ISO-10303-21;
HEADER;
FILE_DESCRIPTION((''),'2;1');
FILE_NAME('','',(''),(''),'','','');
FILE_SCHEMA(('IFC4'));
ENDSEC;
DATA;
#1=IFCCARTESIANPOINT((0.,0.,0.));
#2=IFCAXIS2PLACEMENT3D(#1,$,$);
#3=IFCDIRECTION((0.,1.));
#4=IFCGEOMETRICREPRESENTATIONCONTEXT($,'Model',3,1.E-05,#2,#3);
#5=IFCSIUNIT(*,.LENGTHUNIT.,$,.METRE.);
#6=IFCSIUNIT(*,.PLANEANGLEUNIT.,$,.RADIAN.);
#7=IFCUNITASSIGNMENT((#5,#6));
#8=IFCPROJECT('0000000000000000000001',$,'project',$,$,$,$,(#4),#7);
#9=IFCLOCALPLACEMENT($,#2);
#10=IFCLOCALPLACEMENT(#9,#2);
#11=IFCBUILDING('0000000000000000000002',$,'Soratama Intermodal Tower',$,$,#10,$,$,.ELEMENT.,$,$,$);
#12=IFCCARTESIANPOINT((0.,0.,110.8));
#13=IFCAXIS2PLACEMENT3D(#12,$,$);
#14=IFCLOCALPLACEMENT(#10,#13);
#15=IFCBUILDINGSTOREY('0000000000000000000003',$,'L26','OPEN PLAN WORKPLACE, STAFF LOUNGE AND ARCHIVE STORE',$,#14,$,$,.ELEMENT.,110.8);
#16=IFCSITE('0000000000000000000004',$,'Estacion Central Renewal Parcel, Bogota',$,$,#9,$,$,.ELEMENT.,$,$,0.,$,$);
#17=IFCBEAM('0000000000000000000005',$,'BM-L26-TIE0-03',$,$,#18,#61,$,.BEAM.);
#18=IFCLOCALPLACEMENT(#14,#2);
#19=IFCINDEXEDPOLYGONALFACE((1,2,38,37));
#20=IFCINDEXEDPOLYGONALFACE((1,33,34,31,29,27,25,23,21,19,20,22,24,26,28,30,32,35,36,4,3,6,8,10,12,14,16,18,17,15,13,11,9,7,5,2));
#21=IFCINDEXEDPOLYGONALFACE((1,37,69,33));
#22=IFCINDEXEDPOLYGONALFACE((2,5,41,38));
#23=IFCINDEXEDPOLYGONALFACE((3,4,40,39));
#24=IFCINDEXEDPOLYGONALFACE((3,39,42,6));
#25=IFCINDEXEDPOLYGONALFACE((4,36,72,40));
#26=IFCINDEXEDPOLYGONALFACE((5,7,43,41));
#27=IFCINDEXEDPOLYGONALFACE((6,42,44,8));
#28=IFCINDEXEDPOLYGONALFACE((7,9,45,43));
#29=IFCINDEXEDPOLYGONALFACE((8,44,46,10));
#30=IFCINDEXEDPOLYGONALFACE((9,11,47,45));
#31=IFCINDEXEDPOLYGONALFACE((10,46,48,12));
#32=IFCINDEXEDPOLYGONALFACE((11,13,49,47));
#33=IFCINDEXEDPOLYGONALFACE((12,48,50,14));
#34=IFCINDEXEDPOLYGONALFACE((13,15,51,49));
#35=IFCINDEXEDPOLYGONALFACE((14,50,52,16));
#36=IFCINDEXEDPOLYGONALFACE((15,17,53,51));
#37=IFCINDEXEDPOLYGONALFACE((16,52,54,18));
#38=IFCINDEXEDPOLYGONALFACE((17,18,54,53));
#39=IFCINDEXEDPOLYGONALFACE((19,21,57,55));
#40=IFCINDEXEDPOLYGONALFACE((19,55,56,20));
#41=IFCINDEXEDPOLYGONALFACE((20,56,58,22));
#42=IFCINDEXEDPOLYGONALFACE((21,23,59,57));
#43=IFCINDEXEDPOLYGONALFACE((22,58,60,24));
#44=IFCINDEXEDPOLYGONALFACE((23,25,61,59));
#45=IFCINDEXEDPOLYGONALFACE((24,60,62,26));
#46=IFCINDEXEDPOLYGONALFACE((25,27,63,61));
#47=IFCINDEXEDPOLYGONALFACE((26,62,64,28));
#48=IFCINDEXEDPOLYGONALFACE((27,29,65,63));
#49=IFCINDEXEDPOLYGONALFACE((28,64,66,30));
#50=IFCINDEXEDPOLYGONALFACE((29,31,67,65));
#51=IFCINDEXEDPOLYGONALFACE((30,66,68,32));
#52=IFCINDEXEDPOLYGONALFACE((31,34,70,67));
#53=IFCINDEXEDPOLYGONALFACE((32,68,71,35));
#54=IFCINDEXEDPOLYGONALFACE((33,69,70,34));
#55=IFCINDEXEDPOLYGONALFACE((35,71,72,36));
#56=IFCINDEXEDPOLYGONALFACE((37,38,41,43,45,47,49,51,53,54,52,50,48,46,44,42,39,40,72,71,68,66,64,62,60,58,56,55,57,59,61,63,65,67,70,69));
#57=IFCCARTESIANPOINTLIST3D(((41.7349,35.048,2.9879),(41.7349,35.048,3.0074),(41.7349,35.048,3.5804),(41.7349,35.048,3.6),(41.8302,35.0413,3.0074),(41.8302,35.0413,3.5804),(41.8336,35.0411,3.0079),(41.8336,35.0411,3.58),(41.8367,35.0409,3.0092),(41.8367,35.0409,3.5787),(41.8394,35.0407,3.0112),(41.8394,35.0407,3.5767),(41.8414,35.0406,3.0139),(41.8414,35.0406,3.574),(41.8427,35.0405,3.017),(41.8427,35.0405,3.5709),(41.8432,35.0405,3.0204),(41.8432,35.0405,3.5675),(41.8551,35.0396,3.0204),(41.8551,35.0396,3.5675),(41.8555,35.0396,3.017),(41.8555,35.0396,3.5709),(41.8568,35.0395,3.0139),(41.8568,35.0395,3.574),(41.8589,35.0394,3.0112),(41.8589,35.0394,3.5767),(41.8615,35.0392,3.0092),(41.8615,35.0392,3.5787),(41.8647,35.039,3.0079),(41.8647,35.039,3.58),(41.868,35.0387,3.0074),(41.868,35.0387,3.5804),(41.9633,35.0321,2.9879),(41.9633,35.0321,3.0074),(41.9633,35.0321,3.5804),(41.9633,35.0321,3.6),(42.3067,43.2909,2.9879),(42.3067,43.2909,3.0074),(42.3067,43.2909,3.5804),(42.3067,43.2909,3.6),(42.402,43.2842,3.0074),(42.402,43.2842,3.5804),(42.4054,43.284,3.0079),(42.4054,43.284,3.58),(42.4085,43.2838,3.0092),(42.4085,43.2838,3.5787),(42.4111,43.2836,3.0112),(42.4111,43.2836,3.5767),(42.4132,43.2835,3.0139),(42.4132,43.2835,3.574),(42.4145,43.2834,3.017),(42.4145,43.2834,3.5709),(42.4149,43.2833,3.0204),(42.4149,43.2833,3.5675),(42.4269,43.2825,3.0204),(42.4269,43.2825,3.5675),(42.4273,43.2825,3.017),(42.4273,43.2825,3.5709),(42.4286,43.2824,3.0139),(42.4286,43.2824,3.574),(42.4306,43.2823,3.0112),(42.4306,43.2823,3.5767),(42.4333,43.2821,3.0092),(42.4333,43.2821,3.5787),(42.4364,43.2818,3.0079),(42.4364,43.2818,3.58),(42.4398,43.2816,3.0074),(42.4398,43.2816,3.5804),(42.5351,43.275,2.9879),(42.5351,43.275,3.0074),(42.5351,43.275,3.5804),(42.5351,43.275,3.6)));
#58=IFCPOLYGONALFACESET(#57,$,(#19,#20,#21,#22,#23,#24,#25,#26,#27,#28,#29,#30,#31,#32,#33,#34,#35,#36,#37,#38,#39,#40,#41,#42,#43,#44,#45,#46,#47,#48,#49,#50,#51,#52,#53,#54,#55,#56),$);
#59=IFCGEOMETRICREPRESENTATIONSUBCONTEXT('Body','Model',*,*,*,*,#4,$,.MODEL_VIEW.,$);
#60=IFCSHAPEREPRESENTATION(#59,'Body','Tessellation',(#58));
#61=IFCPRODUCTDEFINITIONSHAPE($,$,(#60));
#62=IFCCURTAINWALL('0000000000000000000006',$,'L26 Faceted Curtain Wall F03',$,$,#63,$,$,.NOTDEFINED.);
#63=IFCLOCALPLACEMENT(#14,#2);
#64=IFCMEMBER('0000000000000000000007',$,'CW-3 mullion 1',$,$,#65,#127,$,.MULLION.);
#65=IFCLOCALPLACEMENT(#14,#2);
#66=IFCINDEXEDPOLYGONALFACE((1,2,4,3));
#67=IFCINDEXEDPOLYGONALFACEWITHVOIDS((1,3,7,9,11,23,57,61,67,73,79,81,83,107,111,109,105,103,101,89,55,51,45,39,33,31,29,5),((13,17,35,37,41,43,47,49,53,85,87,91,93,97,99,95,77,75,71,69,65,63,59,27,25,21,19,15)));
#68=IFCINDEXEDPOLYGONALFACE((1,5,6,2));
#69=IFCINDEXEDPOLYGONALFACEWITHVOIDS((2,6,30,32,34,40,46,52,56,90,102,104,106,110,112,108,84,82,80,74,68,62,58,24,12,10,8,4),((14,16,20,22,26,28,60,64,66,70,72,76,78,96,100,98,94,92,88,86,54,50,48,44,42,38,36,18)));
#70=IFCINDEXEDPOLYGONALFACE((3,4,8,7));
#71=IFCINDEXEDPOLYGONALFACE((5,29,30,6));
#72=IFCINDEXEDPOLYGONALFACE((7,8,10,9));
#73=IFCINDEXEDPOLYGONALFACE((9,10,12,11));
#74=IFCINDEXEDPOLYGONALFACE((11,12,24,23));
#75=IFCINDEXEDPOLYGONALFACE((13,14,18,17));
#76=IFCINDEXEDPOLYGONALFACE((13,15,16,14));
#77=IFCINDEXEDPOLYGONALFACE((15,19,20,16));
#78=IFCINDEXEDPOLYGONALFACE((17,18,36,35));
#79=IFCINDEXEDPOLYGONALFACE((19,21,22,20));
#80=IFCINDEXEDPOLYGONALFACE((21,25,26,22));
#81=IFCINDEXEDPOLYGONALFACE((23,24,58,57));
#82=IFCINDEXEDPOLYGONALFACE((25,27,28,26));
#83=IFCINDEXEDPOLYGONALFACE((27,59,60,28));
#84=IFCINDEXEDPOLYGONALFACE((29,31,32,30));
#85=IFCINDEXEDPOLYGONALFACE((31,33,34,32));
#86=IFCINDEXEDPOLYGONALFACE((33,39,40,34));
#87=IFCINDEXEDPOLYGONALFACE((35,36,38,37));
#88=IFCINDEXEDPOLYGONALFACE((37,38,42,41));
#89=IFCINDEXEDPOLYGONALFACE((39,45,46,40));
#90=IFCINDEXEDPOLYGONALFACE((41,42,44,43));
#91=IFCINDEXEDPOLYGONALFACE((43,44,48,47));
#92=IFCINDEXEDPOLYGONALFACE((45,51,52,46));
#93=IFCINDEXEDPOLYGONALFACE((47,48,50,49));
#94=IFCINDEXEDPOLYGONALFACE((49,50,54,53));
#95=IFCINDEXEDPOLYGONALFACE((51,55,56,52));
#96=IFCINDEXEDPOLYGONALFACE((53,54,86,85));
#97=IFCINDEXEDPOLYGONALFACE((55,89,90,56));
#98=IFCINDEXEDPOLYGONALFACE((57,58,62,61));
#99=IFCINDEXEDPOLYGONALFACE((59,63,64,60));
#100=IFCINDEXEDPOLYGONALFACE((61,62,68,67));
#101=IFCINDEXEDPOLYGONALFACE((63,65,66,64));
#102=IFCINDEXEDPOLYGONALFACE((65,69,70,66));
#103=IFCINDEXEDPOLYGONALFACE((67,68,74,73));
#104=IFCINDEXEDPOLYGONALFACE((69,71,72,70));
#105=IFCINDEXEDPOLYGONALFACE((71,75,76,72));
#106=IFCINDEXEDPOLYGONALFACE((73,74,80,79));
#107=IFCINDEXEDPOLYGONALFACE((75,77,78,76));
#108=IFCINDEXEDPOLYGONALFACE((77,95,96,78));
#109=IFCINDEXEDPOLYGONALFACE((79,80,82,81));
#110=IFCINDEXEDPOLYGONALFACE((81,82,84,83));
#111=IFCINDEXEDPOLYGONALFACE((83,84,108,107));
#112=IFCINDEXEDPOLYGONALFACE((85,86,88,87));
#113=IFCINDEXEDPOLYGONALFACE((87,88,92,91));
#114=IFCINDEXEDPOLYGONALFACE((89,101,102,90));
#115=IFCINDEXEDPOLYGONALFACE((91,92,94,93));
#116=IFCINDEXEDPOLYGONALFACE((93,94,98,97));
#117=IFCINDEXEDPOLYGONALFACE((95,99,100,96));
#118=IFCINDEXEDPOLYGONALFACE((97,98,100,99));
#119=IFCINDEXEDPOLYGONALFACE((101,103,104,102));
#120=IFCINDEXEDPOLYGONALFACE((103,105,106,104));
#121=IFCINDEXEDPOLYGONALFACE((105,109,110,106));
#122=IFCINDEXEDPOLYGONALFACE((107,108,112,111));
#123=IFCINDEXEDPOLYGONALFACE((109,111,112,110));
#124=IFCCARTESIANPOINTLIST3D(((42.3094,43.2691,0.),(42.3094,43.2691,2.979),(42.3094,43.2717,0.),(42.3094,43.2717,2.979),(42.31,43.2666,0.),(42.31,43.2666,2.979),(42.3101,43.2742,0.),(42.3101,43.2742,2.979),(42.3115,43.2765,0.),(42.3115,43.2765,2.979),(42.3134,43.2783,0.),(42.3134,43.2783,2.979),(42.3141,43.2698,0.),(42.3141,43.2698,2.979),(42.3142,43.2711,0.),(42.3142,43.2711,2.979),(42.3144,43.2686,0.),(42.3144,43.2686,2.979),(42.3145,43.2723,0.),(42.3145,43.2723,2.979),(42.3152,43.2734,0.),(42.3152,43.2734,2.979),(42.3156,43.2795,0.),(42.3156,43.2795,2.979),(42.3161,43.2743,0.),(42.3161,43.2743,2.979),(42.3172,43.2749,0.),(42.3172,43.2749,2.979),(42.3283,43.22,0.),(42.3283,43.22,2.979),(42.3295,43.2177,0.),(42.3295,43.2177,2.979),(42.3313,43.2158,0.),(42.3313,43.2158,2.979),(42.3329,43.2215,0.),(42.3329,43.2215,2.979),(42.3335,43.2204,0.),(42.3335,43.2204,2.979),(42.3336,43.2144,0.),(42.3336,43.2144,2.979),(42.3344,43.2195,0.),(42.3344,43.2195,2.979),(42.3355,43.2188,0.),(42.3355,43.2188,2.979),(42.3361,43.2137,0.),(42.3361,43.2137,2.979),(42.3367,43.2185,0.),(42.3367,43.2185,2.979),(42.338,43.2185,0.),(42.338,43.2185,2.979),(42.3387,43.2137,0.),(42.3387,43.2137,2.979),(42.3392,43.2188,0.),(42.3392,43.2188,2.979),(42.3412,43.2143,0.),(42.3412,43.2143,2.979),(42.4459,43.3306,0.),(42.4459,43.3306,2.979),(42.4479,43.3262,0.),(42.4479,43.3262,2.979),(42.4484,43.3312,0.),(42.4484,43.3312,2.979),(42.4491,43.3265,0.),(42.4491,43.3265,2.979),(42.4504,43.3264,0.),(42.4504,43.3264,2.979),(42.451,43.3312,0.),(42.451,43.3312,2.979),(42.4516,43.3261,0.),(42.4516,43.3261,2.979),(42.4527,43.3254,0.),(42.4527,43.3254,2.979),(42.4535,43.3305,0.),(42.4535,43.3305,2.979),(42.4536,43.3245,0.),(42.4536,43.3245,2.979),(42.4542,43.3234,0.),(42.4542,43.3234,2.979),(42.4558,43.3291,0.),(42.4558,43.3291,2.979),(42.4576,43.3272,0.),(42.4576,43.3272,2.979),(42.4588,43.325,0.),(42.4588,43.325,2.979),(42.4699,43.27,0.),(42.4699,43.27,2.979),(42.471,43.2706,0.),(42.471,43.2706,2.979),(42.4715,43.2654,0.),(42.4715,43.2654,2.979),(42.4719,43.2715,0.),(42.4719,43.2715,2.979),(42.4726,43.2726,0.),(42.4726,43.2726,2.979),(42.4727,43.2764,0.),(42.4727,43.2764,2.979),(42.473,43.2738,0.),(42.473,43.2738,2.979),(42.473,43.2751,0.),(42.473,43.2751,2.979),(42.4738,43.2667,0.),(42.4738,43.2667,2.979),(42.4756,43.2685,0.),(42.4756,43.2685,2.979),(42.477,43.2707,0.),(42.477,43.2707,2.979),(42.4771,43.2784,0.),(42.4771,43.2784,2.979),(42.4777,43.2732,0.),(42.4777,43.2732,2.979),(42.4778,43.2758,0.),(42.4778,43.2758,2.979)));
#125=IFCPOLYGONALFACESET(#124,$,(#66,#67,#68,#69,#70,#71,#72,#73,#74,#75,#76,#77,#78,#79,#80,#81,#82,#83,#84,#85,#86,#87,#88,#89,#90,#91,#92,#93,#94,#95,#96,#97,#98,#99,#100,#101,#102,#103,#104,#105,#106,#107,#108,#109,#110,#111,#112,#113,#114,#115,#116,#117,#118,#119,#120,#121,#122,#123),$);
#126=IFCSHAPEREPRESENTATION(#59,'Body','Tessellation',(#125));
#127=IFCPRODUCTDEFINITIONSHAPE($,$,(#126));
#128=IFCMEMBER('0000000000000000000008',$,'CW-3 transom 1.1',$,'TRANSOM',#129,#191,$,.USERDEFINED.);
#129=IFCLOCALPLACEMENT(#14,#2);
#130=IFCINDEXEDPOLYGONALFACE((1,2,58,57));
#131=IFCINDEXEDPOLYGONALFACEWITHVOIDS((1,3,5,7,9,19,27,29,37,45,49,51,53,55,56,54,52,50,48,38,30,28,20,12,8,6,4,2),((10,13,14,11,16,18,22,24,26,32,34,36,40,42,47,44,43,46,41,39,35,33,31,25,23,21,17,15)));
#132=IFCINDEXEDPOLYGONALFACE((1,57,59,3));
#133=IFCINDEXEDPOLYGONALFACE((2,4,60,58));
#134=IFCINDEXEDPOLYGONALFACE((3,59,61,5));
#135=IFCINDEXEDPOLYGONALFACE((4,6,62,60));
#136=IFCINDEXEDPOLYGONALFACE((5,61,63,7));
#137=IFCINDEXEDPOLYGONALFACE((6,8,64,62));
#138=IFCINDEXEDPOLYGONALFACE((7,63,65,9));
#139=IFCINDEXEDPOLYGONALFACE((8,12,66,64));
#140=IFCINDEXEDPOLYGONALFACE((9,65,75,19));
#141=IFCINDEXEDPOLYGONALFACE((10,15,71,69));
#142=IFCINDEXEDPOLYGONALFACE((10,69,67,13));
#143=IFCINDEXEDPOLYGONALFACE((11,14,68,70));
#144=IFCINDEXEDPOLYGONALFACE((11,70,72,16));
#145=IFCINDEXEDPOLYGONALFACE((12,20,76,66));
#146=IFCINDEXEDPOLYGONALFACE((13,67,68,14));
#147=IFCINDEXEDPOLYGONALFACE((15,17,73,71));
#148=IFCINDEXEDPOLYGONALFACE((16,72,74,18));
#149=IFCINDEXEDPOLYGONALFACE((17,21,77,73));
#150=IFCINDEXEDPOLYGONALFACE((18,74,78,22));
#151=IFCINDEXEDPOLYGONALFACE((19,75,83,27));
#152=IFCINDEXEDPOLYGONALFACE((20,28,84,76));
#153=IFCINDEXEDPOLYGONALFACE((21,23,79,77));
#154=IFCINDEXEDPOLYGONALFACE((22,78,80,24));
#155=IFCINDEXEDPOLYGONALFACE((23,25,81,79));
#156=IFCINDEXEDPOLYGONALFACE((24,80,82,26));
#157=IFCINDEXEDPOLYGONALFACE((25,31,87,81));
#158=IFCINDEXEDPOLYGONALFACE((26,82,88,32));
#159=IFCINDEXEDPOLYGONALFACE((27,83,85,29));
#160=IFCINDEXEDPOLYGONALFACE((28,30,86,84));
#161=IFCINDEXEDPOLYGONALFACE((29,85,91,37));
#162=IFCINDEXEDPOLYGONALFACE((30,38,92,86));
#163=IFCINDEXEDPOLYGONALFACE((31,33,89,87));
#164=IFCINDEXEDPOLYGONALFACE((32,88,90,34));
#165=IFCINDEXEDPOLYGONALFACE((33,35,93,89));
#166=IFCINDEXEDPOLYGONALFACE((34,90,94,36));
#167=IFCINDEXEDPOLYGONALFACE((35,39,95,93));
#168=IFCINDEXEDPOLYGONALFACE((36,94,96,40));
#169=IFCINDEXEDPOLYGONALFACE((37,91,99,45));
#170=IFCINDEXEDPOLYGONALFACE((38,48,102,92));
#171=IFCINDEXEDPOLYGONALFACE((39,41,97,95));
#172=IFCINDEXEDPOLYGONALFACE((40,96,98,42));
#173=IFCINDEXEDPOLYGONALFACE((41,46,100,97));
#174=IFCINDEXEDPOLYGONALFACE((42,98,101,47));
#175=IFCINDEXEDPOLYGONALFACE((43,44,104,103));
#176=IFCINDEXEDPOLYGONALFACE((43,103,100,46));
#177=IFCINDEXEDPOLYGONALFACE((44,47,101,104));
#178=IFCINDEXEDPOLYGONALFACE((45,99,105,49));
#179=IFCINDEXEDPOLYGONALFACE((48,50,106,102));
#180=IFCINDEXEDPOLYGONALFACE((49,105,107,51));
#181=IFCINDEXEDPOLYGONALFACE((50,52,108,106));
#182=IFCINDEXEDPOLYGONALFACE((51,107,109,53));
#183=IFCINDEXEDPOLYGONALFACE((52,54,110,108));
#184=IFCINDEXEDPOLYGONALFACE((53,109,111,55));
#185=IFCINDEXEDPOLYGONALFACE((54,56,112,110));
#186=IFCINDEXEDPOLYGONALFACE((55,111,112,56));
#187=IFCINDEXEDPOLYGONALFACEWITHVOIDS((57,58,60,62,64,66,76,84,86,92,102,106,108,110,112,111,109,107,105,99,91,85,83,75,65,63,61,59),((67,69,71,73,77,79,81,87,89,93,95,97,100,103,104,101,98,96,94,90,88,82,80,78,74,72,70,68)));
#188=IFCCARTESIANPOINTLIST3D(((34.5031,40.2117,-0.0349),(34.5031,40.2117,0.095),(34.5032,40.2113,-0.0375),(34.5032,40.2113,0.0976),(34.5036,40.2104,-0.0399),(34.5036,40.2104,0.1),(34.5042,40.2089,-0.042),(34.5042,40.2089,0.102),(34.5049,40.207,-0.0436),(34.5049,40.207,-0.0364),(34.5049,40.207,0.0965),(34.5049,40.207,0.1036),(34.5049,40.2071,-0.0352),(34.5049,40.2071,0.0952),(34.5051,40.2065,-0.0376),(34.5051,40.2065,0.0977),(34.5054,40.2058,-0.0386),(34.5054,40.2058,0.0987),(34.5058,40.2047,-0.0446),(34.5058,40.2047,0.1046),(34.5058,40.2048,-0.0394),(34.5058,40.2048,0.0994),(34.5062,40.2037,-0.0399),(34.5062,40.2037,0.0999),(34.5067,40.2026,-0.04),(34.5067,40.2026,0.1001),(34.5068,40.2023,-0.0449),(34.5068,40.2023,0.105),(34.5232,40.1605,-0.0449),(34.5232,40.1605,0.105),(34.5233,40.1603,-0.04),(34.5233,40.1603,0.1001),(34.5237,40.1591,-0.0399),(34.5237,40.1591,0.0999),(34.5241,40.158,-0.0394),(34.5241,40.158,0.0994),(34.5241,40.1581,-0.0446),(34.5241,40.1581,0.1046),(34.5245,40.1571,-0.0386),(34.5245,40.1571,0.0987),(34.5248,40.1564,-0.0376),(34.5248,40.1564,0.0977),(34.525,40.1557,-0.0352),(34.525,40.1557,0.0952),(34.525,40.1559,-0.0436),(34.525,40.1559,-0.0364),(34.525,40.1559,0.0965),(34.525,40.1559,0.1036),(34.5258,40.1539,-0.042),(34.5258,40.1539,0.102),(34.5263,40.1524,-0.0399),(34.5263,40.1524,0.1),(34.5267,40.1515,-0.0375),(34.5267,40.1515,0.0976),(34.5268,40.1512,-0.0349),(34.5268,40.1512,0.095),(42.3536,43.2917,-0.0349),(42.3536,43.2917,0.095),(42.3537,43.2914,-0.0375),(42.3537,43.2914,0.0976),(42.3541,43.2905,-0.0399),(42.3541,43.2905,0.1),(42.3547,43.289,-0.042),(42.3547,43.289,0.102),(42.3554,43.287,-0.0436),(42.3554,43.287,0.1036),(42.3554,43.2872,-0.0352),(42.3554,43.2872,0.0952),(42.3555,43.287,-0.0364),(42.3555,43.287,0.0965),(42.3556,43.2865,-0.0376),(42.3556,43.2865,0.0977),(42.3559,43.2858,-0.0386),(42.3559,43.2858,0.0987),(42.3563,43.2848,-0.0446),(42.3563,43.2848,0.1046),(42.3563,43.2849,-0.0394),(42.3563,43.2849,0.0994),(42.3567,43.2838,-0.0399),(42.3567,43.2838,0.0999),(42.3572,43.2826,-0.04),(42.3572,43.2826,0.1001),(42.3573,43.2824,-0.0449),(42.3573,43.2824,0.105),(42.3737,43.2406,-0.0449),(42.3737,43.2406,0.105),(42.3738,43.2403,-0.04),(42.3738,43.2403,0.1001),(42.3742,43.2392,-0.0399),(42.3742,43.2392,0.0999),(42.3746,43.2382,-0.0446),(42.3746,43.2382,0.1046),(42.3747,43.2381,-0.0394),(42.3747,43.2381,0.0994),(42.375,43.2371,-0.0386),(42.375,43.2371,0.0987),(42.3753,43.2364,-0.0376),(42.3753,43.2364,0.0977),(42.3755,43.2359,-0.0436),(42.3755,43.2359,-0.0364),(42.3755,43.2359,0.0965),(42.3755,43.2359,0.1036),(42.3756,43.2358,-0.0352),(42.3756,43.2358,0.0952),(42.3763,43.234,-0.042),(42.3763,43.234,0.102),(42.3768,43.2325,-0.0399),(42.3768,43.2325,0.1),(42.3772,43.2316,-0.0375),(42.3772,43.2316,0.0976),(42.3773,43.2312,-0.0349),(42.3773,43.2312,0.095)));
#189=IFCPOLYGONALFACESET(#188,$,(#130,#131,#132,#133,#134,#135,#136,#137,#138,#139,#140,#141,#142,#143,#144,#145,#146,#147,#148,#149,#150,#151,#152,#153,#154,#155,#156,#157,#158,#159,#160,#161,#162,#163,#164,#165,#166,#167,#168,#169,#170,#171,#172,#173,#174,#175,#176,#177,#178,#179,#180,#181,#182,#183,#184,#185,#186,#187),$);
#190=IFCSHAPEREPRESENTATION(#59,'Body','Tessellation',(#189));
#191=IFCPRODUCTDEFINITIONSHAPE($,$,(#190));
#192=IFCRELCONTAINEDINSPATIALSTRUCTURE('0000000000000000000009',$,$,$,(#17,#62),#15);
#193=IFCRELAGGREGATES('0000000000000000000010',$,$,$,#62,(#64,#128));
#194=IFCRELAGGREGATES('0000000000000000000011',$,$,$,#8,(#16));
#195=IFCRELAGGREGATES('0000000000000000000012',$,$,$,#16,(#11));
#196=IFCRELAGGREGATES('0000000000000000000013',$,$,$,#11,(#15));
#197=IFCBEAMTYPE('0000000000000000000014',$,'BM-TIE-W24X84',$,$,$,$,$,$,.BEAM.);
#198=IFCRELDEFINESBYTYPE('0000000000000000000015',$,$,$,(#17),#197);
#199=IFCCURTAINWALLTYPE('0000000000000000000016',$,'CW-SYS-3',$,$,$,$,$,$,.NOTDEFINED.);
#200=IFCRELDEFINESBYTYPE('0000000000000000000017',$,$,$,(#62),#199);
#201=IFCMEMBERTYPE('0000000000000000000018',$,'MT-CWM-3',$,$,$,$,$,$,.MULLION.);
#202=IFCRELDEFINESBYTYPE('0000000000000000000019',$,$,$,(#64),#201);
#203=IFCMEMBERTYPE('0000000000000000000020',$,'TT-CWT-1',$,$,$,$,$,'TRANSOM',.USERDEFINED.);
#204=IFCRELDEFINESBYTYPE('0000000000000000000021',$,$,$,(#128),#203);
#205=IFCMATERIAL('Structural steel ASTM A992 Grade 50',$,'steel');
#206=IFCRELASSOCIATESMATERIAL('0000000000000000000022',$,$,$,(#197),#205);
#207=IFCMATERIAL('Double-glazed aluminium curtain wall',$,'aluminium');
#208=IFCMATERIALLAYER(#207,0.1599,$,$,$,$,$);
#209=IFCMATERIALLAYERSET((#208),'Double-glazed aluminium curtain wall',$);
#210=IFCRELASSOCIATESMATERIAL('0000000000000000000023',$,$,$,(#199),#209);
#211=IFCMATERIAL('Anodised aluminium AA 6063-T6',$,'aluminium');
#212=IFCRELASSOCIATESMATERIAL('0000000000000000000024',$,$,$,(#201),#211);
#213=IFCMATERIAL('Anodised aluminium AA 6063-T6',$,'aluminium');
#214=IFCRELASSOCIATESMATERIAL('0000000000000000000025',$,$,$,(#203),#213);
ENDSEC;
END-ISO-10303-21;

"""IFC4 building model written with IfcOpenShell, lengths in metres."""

from ifc_helpers import new_model, si_unit, direction, frame, origin, origin_2d, place, context, subcontext, project, spatial, hollow_rectangle, i_section, extrude, material, layer, layer_set, material_profile, profile_set, type_object, element, aggregate, save


model = new_model("IFC4")

# Units and contexts
model_context = context("Model", 3, precision=1e-05, world=origin(), true_north=direction((0.0, 1.0)))
body_context = subcontext(model_context, "Body", "Model", "MODEL_VIEW")
ifc_project = project(units=[si_unit("LENGTHUNIT", "METRE"), si_unit("PLANEANGLEUNIT", "RADIAN")], contexts=[model_context])

# Site, building, storey
site_placement = place(None, origin())
site = spatial("IfcSite", under=ifc_project, at=site_placement, Name="Estacion Central Renewal Parcel, Bogota", CompositionType="ELEMENT", RefElevation=0.0)
building_placement = place(site_placement, origin())
building = spatial("IfcBuilding", under=site, at=building_placement, Name="Soratama Intermodal Tower", CompositionType="ELEMENT")
storey_placement = place(building_placement, frame((0.0, 0.0, 110.8)))
storey = spatial("IfcBuildingStorey", under=building, at=storey_placement, Name="L26", Description="OPEN PLAN WORKPLACE, STAFF LOUNGE AND ARCHIVE STORE", CompositionType="ELEMENT", Elevation=110.8)

# Beam
ifc_material_1 = material(Name="Structural steel ASTM A992 Grade 50", Category="steel")
ifc_material_profile_1 = material_profile(ifc_material_1, i_section(OverallWidth=0.229, OverallDepth=0.6121, WebThickness=0.012, FlangeThickness=0.0195, FilletRadius=0.0129, at=origin_2d()), Name="W24X84")
ifc_profile_set_1 = profile_set([ifc_material_profile_1], Name="Structural steel ASTM A992 Grade 50")
beam_type_1 = type_object("IfcBeamType", Name="BM-TIE-W24X84", PredefinedType="BEAM", material=ifc_profile_set_1)
beam_1_placement = place(storey_placement, frame((41.8491, 35.04, 3.2939), z_axis=(0.0692, 0.997603, 0.0), x_axis=(-0.997603, 0.0692, 0.0)))
element("IfcBeam", 1, at=beam_1_placement, inside=storey, type_object=beam_type_1, Name="BM-L26-TIE0-03", PredefinedType="BEAM", context=body_context, shape_type="SweptSolid", body=[
    extrude(i_section(OverallWidth=0.229, OverallDepth=0.6121, WebThickness=0.012, FlangeThickness=0.0195, FilletRadius=0.0129, at=origin_2d()), origin(), (0.0, 0.0, 1.0), 8.2627),
])

# Curtain wall, members
ifc_material_2 = material(Name="Double-glazed aluminium curtain wall", Category="aluminium")
ifc_layer_1 = layer(ifc_material_2, 0.1599)
ifc_layer_set_1 = layer_set([ifc_layer_1], Name="Double-glazed aluminium curtain wall")
curtain_wall_type = type_object("IfcCurtainWallType", Name="CW-SYS-3", PredefinedType="NOTDEFINED", material=ifc_layer_set_1)
curtain_wall_placement = place(storey_placement, origin())
curtain_wall = element("IfcCurtainWall", 2, at=curtain_wall_placement, inside=storey, type_object=curtain_wall_type, Name="L26 Faceted Curtain Wall F03", PredefinedType="NOTDEFINED")
ifc_material_3 = material(Name="Anodised aluminium AA 6063-T6", Category="aluminium")
ifc_material_profile_2 = material_profile(ifc_material_3, hollow_rectangle(XDim=0.0701, YDim=0.1599, WallThickness=0.0049, InnerFilletRadius=0.0049, OuterFilletRadius=0.01, at=origin_2d()), Name="CWM160X70X5")
ifc_profile_set_2 = profile_set([ifc_material_profile_2], Name="Anodised aluminium AA 6063-T6")
member_type_1 = type_object("IfcMemberType", Name="MT-CWM-3", PredefinedType="MULLION", material=ifc_profile_set_2)
member_1_placement = place(storey_placement, frame((42.3936, 43.2725, 0.0), z_axis=(0.0, 0.0, 1.0), x_axis=(0.365208, -0.930926, 0.0)))
member_1 = element("IfcMember", 3, at=member_1_placement, type_object=member_type_1, Name="CW-3 mullion 1", PredefinedType="MULLION", context=body_context, shape_type="SweptSolid", body=[
    extrude(hollow_rectangle(XDim=0.0701, YDim=0.1599, WallThickness=0.0049, InnerFilletRadius=0.0049, OuterFilletRadius=0.01, at=origin_2d()), origin(), (0.0, 0.0, 1.0), 2.979),
])
ifc_material_4 = material(Name="Anodised aluminium AA 6063-T6", Category="aluminium")
ifc_material_profile_3 = material_profile(ifc_material_4, hollow_rectangle(XDim=0.0649, YDim=0.1499, WallThickness=0.0049, InnerFilletRadius=0.0049, OuterFilletRadius=0.01, at=origin_2d()), Name="CWT150X65X5")
ifc_profile_set_3 = profile_set([ifc_material_profile_3], Name="Anodised aluminium AA 6063-T6")
member_type_2 = type_object("IfcMemberType", Name="TT-CWT-1", ElementType="TRANSOM", PredefinedType="USERDEFINED", material=ifc_profile_set_3)
member_2_placement = place(storey_placement, frame((42.3655, 43.2615, 0.03), z_axis=(-0.930916, -0.365233, 0.0), x_axis=(0.365233, -0.930916, 0.0)))
member_2 = element("IfcMember", 4, at=member_2_placement, type_object=member_type_2, Name="CW-3 transom 1.1", ObjectType="TRANSOM", PredefinedType="USERDEFINED", context=body_context, shape_type="SweptSolid", body=[
    extrude(hollow_rectangle(XDim=0.0649, YDim=0.1499, WallThickness=0.0049, InnerFilletRadius=0.0049, OuterFilletRadius=0.01, at=origin_2d()), origin(), (0.0, 0.0, 1.0), 8.4331),
])
aggregate(curtain_wall, [member_1, member_2])

save(model, "model.ifc")
